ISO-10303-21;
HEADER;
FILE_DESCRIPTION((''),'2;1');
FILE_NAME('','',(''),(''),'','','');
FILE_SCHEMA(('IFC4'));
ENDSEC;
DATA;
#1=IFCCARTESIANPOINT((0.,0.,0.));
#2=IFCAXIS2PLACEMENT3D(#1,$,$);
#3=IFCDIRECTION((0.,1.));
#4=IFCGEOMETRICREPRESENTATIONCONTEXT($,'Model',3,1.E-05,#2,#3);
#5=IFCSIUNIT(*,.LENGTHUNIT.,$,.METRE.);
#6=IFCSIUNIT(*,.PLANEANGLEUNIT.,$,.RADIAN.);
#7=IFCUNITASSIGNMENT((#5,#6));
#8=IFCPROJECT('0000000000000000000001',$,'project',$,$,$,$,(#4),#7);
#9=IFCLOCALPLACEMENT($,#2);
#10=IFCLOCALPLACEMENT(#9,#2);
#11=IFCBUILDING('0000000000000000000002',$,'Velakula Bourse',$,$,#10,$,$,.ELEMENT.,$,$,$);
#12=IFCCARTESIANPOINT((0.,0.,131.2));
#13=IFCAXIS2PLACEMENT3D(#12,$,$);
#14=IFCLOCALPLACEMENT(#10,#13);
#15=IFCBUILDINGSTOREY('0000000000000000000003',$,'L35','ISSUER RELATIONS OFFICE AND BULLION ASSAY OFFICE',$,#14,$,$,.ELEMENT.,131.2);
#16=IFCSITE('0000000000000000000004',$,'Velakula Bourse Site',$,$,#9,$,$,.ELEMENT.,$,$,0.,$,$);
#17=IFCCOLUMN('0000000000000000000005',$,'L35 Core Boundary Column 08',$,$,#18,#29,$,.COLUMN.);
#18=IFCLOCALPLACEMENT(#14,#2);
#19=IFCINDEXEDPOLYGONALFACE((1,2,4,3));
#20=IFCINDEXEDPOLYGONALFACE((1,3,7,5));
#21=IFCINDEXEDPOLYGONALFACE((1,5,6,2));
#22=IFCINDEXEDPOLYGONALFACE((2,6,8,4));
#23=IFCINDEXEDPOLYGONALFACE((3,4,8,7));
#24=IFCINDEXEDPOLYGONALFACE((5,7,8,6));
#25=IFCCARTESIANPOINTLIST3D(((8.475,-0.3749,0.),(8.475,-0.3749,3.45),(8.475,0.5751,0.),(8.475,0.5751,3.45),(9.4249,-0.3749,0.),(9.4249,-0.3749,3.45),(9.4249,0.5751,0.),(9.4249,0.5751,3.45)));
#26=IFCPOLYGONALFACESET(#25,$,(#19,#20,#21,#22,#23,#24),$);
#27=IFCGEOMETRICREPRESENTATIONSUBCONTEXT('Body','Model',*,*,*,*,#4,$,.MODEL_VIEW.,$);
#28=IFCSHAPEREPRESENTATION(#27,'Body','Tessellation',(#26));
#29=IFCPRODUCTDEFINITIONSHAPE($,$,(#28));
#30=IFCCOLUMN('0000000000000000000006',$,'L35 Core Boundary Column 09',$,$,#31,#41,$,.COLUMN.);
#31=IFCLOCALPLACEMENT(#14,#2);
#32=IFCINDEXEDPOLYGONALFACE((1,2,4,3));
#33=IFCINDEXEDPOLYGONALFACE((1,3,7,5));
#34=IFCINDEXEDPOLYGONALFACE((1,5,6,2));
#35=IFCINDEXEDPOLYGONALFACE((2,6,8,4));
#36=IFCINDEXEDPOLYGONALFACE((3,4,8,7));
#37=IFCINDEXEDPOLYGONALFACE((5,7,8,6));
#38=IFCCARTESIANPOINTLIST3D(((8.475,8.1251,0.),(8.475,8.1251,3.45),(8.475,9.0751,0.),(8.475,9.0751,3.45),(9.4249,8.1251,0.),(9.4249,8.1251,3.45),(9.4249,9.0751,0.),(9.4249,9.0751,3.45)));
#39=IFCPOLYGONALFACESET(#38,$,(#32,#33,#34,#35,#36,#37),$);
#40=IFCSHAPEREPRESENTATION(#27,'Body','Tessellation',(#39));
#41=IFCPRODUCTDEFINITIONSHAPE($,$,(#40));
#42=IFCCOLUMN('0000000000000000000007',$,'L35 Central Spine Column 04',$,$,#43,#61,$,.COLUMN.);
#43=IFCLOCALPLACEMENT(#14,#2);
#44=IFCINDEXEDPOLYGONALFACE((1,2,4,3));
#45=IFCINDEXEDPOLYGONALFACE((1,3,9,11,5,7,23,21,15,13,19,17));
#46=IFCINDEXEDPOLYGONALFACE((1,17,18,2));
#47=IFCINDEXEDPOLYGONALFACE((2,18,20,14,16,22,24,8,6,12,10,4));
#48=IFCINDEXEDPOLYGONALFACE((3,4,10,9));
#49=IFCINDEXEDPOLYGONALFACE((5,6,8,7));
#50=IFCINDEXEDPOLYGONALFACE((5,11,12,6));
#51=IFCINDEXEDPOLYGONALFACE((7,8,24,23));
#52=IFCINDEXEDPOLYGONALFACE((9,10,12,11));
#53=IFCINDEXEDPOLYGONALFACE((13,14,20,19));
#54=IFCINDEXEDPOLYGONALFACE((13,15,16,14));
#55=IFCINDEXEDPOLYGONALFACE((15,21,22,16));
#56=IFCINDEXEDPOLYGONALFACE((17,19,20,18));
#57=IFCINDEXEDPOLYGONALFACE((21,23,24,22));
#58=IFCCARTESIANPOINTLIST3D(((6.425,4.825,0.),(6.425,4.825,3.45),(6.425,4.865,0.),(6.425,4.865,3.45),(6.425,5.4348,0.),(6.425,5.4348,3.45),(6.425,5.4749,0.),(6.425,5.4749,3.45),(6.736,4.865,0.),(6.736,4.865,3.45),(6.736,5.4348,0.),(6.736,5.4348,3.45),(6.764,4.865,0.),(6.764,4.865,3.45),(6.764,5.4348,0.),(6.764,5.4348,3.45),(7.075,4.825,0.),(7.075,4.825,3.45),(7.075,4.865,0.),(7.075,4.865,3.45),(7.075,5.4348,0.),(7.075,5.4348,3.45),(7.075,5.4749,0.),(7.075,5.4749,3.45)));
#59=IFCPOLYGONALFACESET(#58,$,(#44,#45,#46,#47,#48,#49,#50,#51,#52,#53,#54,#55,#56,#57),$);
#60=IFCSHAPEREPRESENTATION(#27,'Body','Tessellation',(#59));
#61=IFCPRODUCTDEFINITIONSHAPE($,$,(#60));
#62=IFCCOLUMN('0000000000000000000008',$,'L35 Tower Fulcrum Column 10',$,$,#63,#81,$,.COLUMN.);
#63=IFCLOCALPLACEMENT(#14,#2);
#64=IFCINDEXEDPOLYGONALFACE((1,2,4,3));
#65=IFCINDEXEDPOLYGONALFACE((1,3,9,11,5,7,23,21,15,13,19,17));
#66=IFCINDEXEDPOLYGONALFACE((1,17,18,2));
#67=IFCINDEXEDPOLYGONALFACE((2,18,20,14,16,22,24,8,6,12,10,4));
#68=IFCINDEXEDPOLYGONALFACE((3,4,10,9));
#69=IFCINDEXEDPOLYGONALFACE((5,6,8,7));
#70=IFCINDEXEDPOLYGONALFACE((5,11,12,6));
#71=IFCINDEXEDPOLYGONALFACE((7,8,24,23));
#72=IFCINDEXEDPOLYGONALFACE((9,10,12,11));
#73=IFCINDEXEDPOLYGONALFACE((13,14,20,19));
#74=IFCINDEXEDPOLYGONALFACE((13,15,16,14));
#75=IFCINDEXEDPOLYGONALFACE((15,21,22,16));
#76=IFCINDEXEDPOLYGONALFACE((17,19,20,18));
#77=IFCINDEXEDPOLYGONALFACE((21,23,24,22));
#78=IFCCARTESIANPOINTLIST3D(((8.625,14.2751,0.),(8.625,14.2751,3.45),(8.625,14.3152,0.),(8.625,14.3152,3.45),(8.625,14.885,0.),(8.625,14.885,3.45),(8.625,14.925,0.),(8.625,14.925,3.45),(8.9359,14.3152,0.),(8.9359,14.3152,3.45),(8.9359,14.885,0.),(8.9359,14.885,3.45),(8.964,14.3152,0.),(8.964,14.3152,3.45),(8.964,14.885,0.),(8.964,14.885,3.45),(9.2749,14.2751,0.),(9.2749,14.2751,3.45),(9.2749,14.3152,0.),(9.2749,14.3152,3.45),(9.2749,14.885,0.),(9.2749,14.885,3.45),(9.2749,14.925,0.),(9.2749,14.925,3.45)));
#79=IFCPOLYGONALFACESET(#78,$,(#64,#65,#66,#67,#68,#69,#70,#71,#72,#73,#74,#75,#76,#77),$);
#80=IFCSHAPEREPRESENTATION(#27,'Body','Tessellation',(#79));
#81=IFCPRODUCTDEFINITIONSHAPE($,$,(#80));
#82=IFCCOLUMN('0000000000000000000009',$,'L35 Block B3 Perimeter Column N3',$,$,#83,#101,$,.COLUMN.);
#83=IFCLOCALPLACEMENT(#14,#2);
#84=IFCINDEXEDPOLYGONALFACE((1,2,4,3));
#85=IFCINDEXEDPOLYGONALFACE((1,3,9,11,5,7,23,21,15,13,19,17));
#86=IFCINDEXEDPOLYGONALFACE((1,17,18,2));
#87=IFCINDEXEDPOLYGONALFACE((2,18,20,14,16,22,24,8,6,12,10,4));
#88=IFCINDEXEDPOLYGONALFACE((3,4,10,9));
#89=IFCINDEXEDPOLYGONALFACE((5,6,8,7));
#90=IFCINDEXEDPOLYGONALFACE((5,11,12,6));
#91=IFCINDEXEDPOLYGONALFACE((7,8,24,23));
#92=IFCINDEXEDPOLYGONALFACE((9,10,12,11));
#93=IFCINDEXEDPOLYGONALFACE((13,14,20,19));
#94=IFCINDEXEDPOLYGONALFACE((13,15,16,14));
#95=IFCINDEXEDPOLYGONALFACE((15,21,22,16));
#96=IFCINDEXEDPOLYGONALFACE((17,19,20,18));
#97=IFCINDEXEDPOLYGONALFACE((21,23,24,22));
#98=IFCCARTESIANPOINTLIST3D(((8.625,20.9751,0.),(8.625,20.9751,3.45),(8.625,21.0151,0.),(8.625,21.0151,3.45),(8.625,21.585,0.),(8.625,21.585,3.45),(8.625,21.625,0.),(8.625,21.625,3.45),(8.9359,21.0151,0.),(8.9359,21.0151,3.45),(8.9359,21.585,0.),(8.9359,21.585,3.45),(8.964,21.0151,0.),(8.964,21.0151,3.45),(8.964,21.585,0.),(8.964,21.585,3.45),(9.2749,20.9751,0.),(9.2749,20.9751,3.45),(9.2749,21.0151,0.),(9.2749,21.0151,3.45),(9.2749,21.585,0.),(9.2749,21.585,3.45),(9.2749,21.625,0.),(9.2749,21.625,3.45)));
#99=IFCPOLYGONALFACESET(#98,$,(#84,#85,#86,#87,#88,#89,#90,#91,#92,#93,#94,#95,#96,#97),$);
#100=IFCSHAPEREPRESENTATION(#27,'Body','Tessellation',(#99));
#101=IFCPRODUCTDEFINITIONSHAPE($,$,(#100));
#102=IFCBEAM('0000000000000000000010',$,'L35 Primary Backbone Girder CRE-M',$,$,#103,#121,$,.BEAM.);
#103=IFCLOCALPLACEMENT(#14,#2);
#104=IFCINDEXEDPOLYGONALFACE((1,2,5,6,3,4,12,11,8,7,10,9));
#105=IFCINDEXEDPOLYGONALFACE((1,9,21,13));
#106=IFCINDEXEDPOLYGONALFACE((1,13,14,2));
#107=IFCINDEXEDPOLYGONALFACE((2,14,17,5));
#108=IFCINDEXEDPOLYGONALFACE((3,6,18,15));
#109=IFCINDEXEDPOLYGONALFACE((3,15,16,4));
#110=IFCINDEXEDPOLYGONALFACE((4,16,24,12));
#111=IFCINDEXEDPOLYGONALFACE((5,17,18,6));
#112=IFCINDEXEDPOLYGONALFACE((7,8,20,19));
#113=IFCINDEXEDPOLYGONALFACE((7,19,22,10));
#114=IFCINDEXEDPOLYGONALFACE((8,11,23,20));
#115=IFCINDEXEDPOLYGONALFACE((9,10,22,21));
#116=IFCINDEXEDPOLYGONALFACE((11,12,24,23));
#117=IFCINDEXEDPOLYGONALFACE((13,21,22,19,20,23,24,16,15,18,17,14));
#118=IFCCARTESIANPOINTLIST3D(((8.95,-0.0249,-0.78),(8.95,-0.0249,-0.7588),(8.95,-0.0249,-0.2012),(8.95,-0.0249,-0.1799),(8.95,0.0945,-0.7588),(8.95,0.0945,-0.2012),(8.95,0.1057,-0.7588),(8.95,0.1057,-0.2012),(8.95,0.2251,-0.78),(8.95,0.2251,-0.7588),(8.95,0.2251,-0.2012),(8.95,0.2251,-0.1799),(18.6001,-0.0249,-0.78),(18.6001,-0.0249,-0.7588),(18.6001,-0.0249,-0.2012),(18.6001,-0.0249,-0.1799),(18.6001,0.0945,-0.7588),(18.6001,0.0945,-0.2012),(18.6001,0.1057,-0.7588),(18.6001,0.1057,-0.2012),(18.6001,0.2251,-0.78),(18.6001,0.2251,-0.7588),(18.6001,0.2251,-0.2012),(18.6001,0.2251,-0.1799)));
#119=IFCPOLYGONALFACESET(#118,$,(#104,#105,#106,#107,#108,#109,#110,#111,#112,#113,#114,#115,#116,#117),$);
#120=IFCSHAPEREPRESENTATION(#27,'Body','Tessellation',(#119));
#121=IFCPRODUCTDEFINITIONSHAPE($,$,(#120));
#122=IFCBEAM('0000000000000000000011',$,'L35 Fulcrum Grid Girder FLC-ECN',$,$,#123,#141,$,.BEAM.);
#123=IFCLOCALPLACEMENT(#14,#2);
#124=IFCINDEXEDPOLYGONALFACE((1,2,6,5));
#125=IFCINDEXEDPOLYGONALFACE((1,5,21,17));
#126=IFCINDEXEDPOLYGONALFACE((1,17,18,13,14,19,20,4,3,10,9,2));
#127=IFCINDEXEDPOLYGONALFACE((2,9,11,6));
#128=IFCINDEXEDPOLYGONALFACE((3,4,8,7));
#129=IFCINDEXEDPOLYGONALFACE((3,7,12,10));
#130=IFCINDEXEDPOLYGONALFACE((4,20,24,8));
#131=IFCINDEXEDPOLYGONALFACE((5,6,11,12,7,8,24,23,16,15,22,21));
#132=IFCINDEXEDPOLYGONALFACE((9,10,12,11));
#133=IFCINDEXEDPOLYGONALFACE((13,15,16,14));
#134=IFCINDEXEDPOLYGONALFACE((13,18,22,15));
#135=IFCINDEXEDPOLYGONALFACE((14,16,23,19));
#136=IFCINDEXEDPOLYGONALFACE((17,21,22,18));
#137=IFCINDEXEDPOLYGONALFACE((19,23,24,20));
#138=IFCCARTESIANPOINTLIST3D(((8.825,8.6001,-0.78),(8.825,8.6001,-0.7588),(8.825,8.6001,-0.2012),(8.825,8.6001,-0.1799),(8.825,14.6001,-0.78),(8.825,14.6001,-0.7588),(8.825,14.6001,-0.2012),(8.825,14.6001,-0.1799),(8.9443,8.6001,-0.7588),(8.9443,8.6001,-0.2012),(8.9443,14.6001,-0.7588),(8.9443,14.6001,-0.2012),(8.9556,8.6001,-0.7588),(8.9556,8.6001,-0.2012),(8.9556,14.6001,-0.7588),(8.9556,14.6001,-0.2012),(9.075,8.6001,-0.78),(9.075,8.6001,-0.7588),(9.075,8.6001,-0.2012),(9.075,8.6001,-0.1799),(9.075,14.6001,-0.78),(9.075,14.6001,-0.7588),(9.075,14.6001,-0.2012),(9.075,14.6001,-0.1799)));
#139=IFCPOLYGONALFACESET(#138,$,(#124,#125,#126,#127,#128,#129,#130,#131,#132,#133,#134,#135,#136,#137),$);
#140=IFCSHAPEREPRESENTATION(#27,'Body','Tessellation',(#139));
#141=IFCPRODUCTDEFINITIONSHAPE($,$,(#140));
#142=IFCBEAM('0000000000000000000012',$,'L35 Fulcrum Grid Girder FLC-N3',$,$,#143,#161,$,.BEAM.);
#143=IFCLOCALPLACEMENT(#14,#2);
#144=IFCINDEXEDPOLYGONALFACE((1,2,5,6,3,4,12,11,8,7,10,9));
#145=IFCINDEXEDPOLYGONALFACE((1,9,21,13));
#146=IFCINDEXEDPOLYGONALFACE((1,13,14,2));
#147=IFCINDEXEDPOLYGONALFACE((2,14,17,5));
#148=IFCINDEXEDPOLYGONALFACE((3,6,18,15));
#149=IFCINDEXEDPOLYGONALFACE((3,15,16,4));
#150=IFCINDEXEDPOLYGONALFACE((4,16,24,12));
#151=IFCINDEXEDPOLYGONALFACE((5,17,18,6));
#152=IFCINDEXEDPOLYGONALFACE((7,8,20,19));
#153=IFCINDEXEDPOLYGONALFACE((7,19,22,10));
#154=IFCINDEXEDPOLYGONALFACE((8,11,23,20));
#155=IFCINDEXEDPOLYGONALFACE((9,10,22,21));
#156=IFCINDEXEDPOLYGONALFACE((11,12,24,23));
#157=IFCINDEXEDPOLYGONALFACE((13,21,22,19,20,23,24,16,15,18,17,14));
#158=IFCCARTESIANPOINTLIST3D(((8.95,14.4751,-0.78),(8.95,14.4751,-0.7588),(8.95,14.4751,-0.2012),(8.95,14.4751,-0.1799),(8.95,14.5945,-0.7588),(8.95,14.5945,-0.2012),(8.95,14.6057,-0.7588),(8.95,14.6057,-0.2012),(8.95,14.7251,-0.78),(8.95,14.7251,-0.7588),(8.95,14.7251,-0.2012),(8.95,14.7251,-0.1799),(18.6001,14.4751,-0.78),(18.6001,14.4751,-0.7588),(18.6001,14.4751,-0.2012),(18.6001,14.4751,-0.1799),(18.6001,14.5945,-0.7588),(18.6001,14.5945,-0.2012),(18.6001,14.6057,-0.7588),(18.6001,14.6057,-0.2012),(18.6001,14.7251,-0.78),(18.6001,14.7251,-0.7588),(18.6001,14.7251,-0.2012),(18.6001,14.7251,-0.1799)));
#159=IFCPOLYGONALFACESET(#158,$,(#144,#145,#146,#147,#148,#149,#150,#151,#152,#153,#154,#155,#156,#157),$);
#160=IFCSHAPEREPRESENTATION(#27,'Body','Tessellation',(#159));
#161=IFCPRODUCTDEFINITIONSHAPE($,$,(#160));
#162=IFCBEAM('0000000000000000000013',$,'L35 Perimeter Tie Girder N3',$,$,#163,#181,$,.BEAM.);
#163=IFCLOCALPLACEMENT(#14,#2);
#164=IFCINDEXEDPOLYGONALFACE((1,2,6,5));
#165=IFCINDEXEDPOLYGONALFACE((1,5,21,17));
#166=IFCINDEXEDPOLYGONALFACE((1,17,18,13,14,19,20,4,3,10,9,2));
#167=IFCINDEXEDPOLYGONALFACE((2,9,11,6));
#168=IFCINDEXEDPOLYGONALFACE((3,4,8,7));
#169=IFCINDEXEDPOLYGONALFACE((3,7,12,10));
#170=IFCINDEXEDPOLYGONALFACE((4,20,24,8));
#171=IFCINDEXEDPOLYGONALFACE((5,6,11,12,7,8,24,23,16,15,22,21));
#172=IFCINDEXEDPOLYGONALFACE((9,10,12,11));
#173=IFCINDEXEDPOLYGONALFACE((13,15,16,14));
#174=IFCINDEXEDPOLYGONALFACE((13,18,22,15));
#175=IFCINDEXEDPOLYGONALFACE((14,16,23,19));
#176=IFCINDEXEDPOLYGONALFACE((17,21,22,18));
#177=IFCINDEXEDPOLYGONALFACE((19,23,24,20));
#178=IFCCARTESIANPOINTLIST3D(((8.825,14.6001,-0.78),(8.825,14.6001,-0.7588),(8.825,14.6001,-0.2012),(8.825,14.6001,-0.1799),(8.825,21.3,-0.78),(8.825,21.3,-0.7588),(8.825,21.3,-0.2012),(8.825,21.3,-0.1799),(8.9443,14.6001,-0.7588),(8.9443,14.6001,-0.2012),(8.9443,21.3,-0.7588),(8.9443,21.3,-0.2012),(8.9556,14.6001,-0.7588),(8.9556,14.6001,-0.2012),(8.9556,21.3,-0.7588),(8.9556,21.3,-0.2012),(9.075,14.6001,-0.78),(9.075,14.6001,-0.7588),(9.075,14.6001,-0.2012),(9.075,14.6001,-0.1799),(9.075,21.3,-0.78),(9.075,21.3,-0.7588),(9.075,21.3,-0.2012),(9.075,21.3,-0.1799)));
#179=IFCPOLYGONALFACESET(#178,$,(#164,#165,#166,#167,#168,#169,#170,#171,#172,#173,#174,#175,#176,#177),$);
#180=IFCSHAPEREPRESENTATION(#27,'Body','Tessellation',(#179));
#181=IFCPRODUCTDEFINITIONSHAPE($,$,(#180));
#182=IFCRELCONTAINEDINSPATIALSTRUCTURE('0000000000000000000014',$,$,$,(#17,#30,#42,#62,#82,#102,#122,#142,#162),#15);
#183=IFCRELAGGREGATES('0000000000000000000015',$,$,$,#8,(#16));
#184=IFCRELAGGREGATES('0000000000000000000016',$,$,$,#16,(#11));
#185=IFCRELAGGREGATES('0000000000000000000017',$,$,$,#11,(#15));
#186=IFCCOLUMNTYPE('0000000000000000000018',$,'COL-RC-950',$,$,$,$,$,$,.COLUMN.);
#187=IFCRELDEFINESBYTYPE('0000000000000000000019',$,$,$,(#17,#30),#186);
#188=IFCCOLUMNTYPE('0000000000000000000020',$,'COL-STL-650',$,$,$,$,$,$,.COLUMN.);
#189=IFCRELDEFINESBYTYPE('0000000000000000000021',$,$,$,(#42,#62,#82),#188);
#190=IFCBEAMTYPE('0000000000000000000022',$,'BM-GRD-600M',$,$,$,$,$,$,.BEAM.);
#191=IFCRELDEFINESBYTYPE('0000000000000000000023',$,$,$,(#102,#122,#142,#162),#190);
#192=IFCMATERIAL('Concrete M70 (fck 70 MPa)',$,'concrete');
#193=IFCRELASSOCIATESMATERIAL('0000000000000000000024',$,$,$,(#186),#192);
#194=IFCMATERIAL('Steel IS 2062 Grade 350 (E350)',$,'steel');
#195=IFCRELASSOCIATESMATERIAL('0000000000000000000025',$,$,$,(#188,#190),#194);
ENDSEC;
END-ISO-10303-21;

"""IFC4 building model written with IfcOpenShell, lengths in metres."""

from ifc_helpers import new_model, si_unit, direction, frame, origin, origin_2d, place, context, subcontext, project, spatial, rectangle, i_section, extrude, material, material_profile, profile_set, type_object, element, save


model = new_model("IFC4")

# Units and contexts
model_context = context("Model", 3, precision=1e-05, world=origin(), true_north=direction((0.0, 1.0)))
body_context = subcontext(model_context, "Body", "Model", "MODEL_VIEW")
ifc_project = project(units=[si_unit("LENGTHUNIT", "METRE"), si_unit("PLANEANGLEUNIT", "RADIAN")], contexts=[model_context])

# Site, building, storey
site_placement = place(None, origin())
site = spatial("IfcSite", under=ifc_project, at=site_placement, Name="Velakula Bourse Site", CompositionType="ELEMENT", RefElevation=0.0)
building_placement = place(site_placement, origin())
building = spatial("IfcBuilding", under=site, at=building_placement, Name="Velakula Bourse", CompositionType="ELEMENT")
storey_placement = place(building_placement, frame((0.0, 0.0, 131.2)))
storey = spatial("IfcBuildingStorey", under=building, at=storey_placement, Name="L35", Description="ISSUER RELATIONS OFFICE AND BULLION ASSAY OFFICE", CompositionType="ELEMENT", Elevation=131.2)

# Columns
ifc_material_1 = material(Name="Concrete M70 (fck 70 MPa)", Category="concrete")
ifc_material_profile_1 = material_profile(ifc_material_1, rectangle(XDim=0.95, YDim=0.95, at=origin_2d()), Name="Concrete M70 (fck 70 MPa)")
ifc_profile_set_1 = profile_set([ifc_material_profile_1], Name="Concrete M70 (fck 70 MPa)")
column_type_1 = type_object("IfcColumnType", Name="COL-RC-950", PredefinedType="COLUMN", material=ifc_profile_set_1)
for number, where, z_axis, x_axis, name in (
    (1, (8.95, 0.1001, 0.0), (0.0, 0.0, 1.0), (1.0, 0.0, 0.0), "L35 Core Boundary Column 08"),
    (2, (8.95, 8.6001, 0.0), (0.0, 0.0, 1.0), (1.0, 0.0, 0.0), "L35 Core Boundary Column 09"),
):
    element("IfcColumn", number, at=place(storey_placement, frame(where, z_axis=z_axis, x_axis=x_axis)), inside=storey, type_object=column_type_1, Name=name, PredefinedType="COLUMN", context=body_context, shape_type="SweptSolid", body=[
        extrude(rectangle(XDim=0.95, YDim=0.95, at=origin_2d()), origin(), (0.0, 0.0, 1.0), 3.45),
    ])
ifc_material_2 = material(Name="Steel IS 2062 Grade 350 (E350)", Category="steel")
ifc_material_profile_2 = material_profile(ifc_material_2, i_section(OverallWidth=0.6499, OverallDepth=0.6499, WebThickness=0.0281, FlangeThickness=0.04, at=origin_2d()), Name="Steel IS 2062 Grade 350 (E350)")
ifc_profile_set_2 = profile_set([ifc_material_profile_2], Name="Steel IS 2062 Grade 350 (E350)")
column_type_2 = type_object("IfcColumnType", Name="COL-STL-650", PredefinedType="COLUMN", material=ifc_profile_set_2)
for number, where, z_axis, x_axis, name in (
    (3, (6.75, 5.1499, 0.0), (0.0, 0.0, 1.0), (1.0, 0.0, 0.0), "L35 Central Spine Column 04"),
    (4, (8.95, 14.6001, 0.0), (0.0, 0.0, 1.0), (1.0, 0.0, 0.0), "L35 Tower Fulcrum Column 10"),
    (5, (8.95, 21.3, 0.0), (0.0, 0.0, 1.0), (1.0, 0.0, 0.0), "L35 Block B3 Perimeter Column N3"),
):
    element("IfcColumn", number, at=place(storey_placement, frame(where, z_axis=z_axis, x_axis=x_axis)), inside=storey, type_object=column_type_2, Name=name, PredefinedType="COLUMN", context=body_context, shape_type="SweptSolid", body=[
        extrude(i_section(OverallWidth=0.6499, OverallDepth=0.6499, WebThickness=0.0281, FlangeThickness=0.04, at=origin_2d()), origin(), (0.0, 0.0, 1.0), 3.45),
    ])

# Beams
ifc_material_profile_3 = material_profile(ifc_material_2, i_section(OverallWidth=0.25, OverallDepth=0.6001, WebThickness=0.0112, FlangeThickness=0.0212, at=origin_2d()), Name="Steel IS 2062 Grade 350 (E350)")
ifc_profile_set_3 = profile_set([ifc_material_profile_3], Name="Steel IS 2062 Grade 350 (E350)")
beam_type_1 = type_object("IfcBeamType", Name="BM-GRD-600M", PredefinedType="BEAM", material=ifc_profile_set_3)
beam_1_placement = place(storey_placement, frame((8.95, 0.1001, -0.48), z_axis=(1.0, 0.0, 0.0), x_axis=(0.0, 1.0, 0.0)))
element("IfcBeam", 6, at=beam_1_placement, inside=storey, type_object=beam_type_1, Name="L35 Primary Backbone Girder CRE-M", PredefinedType="BEAM", context=body_context, shape_type="SweptSolid", body=[
    extrude(i_section(OverallWidth=0.25, OverallDepth=0.6001, WebThickness=0.0112, FlangeThickness=0.0212, at=origin_2d()), origin(), (0.0, 0.0, 1.0), 9.6501),
])
beam_2_placement = place(storey_placement, frame((8.95, 8.6001, -0.48), z_axis=(0.0, 1.0, 0.0), x_axis=(-1.0, 0.0, 0.0)))
element("IfcBeam", 7, at=beam_2_placement, inside=storey, type_object=beam_type_1, Name="L35 Fulcrum Grid Girder FLC-ECN", PredefinedType="BEAM", context=body_context, shape_type="SweptSolid", body=[
    extrude(i_section(OverallWidth=0.25, OverallDepth=0.6001, WebThickness=0.0112, FlangeThickness=0.0212, at=origin_2d()), origin(), (0.0, 0.0, 1.0), 6.0),
])
beam_3_placement = place(storey_placement, frame((8.95, 14.6001, -0.48), z_axis=(1.0, 0.0, 0.0), x_axis=(0.0, 1.0, 0.0)))
element("IfcBeam", 8, at=beam_3_placement, inside=storey, type_object=beam_type_1, Name="L35 Fulcrum Grid Girder FLC-N3", PredefinedType="BEAM", context=body_context, shape_type="SweptSolid", body=[
    extrude(i_section(OverallWidth=0.25, OverallDepth=0.6001, WebThickness=0.0112, FlangeThickness=0.0212, at=origin_2d()), origin(), (0.0, 0.0, 1.0), 9.6501),
])
beam_4_placement = place(storey_placement, frame((8.95, 14.6001, -0.48), z_axis=(0.0, 1.0, 0.0), x_axis=(-1.0, 0.0, 0.0)))
element("IfcBeam", 9, at=beam_4_placement, inside=storey, type_object=beam_type_1, Name="L35 Perimeter Tie Girder N3", PredefinedType="BEAM", context=body_context, shape_type="SweptSolid", body=[
    extrude(i_section(OverallWidth=0.25, OverallDepth=0.6001, WebThickness=0.0112, FlangeThickness=0.0212, at=origin_2d()), origin(), (0.0, 0.0, 1.0), 6.7),
])

save(model, "model.ifc")
